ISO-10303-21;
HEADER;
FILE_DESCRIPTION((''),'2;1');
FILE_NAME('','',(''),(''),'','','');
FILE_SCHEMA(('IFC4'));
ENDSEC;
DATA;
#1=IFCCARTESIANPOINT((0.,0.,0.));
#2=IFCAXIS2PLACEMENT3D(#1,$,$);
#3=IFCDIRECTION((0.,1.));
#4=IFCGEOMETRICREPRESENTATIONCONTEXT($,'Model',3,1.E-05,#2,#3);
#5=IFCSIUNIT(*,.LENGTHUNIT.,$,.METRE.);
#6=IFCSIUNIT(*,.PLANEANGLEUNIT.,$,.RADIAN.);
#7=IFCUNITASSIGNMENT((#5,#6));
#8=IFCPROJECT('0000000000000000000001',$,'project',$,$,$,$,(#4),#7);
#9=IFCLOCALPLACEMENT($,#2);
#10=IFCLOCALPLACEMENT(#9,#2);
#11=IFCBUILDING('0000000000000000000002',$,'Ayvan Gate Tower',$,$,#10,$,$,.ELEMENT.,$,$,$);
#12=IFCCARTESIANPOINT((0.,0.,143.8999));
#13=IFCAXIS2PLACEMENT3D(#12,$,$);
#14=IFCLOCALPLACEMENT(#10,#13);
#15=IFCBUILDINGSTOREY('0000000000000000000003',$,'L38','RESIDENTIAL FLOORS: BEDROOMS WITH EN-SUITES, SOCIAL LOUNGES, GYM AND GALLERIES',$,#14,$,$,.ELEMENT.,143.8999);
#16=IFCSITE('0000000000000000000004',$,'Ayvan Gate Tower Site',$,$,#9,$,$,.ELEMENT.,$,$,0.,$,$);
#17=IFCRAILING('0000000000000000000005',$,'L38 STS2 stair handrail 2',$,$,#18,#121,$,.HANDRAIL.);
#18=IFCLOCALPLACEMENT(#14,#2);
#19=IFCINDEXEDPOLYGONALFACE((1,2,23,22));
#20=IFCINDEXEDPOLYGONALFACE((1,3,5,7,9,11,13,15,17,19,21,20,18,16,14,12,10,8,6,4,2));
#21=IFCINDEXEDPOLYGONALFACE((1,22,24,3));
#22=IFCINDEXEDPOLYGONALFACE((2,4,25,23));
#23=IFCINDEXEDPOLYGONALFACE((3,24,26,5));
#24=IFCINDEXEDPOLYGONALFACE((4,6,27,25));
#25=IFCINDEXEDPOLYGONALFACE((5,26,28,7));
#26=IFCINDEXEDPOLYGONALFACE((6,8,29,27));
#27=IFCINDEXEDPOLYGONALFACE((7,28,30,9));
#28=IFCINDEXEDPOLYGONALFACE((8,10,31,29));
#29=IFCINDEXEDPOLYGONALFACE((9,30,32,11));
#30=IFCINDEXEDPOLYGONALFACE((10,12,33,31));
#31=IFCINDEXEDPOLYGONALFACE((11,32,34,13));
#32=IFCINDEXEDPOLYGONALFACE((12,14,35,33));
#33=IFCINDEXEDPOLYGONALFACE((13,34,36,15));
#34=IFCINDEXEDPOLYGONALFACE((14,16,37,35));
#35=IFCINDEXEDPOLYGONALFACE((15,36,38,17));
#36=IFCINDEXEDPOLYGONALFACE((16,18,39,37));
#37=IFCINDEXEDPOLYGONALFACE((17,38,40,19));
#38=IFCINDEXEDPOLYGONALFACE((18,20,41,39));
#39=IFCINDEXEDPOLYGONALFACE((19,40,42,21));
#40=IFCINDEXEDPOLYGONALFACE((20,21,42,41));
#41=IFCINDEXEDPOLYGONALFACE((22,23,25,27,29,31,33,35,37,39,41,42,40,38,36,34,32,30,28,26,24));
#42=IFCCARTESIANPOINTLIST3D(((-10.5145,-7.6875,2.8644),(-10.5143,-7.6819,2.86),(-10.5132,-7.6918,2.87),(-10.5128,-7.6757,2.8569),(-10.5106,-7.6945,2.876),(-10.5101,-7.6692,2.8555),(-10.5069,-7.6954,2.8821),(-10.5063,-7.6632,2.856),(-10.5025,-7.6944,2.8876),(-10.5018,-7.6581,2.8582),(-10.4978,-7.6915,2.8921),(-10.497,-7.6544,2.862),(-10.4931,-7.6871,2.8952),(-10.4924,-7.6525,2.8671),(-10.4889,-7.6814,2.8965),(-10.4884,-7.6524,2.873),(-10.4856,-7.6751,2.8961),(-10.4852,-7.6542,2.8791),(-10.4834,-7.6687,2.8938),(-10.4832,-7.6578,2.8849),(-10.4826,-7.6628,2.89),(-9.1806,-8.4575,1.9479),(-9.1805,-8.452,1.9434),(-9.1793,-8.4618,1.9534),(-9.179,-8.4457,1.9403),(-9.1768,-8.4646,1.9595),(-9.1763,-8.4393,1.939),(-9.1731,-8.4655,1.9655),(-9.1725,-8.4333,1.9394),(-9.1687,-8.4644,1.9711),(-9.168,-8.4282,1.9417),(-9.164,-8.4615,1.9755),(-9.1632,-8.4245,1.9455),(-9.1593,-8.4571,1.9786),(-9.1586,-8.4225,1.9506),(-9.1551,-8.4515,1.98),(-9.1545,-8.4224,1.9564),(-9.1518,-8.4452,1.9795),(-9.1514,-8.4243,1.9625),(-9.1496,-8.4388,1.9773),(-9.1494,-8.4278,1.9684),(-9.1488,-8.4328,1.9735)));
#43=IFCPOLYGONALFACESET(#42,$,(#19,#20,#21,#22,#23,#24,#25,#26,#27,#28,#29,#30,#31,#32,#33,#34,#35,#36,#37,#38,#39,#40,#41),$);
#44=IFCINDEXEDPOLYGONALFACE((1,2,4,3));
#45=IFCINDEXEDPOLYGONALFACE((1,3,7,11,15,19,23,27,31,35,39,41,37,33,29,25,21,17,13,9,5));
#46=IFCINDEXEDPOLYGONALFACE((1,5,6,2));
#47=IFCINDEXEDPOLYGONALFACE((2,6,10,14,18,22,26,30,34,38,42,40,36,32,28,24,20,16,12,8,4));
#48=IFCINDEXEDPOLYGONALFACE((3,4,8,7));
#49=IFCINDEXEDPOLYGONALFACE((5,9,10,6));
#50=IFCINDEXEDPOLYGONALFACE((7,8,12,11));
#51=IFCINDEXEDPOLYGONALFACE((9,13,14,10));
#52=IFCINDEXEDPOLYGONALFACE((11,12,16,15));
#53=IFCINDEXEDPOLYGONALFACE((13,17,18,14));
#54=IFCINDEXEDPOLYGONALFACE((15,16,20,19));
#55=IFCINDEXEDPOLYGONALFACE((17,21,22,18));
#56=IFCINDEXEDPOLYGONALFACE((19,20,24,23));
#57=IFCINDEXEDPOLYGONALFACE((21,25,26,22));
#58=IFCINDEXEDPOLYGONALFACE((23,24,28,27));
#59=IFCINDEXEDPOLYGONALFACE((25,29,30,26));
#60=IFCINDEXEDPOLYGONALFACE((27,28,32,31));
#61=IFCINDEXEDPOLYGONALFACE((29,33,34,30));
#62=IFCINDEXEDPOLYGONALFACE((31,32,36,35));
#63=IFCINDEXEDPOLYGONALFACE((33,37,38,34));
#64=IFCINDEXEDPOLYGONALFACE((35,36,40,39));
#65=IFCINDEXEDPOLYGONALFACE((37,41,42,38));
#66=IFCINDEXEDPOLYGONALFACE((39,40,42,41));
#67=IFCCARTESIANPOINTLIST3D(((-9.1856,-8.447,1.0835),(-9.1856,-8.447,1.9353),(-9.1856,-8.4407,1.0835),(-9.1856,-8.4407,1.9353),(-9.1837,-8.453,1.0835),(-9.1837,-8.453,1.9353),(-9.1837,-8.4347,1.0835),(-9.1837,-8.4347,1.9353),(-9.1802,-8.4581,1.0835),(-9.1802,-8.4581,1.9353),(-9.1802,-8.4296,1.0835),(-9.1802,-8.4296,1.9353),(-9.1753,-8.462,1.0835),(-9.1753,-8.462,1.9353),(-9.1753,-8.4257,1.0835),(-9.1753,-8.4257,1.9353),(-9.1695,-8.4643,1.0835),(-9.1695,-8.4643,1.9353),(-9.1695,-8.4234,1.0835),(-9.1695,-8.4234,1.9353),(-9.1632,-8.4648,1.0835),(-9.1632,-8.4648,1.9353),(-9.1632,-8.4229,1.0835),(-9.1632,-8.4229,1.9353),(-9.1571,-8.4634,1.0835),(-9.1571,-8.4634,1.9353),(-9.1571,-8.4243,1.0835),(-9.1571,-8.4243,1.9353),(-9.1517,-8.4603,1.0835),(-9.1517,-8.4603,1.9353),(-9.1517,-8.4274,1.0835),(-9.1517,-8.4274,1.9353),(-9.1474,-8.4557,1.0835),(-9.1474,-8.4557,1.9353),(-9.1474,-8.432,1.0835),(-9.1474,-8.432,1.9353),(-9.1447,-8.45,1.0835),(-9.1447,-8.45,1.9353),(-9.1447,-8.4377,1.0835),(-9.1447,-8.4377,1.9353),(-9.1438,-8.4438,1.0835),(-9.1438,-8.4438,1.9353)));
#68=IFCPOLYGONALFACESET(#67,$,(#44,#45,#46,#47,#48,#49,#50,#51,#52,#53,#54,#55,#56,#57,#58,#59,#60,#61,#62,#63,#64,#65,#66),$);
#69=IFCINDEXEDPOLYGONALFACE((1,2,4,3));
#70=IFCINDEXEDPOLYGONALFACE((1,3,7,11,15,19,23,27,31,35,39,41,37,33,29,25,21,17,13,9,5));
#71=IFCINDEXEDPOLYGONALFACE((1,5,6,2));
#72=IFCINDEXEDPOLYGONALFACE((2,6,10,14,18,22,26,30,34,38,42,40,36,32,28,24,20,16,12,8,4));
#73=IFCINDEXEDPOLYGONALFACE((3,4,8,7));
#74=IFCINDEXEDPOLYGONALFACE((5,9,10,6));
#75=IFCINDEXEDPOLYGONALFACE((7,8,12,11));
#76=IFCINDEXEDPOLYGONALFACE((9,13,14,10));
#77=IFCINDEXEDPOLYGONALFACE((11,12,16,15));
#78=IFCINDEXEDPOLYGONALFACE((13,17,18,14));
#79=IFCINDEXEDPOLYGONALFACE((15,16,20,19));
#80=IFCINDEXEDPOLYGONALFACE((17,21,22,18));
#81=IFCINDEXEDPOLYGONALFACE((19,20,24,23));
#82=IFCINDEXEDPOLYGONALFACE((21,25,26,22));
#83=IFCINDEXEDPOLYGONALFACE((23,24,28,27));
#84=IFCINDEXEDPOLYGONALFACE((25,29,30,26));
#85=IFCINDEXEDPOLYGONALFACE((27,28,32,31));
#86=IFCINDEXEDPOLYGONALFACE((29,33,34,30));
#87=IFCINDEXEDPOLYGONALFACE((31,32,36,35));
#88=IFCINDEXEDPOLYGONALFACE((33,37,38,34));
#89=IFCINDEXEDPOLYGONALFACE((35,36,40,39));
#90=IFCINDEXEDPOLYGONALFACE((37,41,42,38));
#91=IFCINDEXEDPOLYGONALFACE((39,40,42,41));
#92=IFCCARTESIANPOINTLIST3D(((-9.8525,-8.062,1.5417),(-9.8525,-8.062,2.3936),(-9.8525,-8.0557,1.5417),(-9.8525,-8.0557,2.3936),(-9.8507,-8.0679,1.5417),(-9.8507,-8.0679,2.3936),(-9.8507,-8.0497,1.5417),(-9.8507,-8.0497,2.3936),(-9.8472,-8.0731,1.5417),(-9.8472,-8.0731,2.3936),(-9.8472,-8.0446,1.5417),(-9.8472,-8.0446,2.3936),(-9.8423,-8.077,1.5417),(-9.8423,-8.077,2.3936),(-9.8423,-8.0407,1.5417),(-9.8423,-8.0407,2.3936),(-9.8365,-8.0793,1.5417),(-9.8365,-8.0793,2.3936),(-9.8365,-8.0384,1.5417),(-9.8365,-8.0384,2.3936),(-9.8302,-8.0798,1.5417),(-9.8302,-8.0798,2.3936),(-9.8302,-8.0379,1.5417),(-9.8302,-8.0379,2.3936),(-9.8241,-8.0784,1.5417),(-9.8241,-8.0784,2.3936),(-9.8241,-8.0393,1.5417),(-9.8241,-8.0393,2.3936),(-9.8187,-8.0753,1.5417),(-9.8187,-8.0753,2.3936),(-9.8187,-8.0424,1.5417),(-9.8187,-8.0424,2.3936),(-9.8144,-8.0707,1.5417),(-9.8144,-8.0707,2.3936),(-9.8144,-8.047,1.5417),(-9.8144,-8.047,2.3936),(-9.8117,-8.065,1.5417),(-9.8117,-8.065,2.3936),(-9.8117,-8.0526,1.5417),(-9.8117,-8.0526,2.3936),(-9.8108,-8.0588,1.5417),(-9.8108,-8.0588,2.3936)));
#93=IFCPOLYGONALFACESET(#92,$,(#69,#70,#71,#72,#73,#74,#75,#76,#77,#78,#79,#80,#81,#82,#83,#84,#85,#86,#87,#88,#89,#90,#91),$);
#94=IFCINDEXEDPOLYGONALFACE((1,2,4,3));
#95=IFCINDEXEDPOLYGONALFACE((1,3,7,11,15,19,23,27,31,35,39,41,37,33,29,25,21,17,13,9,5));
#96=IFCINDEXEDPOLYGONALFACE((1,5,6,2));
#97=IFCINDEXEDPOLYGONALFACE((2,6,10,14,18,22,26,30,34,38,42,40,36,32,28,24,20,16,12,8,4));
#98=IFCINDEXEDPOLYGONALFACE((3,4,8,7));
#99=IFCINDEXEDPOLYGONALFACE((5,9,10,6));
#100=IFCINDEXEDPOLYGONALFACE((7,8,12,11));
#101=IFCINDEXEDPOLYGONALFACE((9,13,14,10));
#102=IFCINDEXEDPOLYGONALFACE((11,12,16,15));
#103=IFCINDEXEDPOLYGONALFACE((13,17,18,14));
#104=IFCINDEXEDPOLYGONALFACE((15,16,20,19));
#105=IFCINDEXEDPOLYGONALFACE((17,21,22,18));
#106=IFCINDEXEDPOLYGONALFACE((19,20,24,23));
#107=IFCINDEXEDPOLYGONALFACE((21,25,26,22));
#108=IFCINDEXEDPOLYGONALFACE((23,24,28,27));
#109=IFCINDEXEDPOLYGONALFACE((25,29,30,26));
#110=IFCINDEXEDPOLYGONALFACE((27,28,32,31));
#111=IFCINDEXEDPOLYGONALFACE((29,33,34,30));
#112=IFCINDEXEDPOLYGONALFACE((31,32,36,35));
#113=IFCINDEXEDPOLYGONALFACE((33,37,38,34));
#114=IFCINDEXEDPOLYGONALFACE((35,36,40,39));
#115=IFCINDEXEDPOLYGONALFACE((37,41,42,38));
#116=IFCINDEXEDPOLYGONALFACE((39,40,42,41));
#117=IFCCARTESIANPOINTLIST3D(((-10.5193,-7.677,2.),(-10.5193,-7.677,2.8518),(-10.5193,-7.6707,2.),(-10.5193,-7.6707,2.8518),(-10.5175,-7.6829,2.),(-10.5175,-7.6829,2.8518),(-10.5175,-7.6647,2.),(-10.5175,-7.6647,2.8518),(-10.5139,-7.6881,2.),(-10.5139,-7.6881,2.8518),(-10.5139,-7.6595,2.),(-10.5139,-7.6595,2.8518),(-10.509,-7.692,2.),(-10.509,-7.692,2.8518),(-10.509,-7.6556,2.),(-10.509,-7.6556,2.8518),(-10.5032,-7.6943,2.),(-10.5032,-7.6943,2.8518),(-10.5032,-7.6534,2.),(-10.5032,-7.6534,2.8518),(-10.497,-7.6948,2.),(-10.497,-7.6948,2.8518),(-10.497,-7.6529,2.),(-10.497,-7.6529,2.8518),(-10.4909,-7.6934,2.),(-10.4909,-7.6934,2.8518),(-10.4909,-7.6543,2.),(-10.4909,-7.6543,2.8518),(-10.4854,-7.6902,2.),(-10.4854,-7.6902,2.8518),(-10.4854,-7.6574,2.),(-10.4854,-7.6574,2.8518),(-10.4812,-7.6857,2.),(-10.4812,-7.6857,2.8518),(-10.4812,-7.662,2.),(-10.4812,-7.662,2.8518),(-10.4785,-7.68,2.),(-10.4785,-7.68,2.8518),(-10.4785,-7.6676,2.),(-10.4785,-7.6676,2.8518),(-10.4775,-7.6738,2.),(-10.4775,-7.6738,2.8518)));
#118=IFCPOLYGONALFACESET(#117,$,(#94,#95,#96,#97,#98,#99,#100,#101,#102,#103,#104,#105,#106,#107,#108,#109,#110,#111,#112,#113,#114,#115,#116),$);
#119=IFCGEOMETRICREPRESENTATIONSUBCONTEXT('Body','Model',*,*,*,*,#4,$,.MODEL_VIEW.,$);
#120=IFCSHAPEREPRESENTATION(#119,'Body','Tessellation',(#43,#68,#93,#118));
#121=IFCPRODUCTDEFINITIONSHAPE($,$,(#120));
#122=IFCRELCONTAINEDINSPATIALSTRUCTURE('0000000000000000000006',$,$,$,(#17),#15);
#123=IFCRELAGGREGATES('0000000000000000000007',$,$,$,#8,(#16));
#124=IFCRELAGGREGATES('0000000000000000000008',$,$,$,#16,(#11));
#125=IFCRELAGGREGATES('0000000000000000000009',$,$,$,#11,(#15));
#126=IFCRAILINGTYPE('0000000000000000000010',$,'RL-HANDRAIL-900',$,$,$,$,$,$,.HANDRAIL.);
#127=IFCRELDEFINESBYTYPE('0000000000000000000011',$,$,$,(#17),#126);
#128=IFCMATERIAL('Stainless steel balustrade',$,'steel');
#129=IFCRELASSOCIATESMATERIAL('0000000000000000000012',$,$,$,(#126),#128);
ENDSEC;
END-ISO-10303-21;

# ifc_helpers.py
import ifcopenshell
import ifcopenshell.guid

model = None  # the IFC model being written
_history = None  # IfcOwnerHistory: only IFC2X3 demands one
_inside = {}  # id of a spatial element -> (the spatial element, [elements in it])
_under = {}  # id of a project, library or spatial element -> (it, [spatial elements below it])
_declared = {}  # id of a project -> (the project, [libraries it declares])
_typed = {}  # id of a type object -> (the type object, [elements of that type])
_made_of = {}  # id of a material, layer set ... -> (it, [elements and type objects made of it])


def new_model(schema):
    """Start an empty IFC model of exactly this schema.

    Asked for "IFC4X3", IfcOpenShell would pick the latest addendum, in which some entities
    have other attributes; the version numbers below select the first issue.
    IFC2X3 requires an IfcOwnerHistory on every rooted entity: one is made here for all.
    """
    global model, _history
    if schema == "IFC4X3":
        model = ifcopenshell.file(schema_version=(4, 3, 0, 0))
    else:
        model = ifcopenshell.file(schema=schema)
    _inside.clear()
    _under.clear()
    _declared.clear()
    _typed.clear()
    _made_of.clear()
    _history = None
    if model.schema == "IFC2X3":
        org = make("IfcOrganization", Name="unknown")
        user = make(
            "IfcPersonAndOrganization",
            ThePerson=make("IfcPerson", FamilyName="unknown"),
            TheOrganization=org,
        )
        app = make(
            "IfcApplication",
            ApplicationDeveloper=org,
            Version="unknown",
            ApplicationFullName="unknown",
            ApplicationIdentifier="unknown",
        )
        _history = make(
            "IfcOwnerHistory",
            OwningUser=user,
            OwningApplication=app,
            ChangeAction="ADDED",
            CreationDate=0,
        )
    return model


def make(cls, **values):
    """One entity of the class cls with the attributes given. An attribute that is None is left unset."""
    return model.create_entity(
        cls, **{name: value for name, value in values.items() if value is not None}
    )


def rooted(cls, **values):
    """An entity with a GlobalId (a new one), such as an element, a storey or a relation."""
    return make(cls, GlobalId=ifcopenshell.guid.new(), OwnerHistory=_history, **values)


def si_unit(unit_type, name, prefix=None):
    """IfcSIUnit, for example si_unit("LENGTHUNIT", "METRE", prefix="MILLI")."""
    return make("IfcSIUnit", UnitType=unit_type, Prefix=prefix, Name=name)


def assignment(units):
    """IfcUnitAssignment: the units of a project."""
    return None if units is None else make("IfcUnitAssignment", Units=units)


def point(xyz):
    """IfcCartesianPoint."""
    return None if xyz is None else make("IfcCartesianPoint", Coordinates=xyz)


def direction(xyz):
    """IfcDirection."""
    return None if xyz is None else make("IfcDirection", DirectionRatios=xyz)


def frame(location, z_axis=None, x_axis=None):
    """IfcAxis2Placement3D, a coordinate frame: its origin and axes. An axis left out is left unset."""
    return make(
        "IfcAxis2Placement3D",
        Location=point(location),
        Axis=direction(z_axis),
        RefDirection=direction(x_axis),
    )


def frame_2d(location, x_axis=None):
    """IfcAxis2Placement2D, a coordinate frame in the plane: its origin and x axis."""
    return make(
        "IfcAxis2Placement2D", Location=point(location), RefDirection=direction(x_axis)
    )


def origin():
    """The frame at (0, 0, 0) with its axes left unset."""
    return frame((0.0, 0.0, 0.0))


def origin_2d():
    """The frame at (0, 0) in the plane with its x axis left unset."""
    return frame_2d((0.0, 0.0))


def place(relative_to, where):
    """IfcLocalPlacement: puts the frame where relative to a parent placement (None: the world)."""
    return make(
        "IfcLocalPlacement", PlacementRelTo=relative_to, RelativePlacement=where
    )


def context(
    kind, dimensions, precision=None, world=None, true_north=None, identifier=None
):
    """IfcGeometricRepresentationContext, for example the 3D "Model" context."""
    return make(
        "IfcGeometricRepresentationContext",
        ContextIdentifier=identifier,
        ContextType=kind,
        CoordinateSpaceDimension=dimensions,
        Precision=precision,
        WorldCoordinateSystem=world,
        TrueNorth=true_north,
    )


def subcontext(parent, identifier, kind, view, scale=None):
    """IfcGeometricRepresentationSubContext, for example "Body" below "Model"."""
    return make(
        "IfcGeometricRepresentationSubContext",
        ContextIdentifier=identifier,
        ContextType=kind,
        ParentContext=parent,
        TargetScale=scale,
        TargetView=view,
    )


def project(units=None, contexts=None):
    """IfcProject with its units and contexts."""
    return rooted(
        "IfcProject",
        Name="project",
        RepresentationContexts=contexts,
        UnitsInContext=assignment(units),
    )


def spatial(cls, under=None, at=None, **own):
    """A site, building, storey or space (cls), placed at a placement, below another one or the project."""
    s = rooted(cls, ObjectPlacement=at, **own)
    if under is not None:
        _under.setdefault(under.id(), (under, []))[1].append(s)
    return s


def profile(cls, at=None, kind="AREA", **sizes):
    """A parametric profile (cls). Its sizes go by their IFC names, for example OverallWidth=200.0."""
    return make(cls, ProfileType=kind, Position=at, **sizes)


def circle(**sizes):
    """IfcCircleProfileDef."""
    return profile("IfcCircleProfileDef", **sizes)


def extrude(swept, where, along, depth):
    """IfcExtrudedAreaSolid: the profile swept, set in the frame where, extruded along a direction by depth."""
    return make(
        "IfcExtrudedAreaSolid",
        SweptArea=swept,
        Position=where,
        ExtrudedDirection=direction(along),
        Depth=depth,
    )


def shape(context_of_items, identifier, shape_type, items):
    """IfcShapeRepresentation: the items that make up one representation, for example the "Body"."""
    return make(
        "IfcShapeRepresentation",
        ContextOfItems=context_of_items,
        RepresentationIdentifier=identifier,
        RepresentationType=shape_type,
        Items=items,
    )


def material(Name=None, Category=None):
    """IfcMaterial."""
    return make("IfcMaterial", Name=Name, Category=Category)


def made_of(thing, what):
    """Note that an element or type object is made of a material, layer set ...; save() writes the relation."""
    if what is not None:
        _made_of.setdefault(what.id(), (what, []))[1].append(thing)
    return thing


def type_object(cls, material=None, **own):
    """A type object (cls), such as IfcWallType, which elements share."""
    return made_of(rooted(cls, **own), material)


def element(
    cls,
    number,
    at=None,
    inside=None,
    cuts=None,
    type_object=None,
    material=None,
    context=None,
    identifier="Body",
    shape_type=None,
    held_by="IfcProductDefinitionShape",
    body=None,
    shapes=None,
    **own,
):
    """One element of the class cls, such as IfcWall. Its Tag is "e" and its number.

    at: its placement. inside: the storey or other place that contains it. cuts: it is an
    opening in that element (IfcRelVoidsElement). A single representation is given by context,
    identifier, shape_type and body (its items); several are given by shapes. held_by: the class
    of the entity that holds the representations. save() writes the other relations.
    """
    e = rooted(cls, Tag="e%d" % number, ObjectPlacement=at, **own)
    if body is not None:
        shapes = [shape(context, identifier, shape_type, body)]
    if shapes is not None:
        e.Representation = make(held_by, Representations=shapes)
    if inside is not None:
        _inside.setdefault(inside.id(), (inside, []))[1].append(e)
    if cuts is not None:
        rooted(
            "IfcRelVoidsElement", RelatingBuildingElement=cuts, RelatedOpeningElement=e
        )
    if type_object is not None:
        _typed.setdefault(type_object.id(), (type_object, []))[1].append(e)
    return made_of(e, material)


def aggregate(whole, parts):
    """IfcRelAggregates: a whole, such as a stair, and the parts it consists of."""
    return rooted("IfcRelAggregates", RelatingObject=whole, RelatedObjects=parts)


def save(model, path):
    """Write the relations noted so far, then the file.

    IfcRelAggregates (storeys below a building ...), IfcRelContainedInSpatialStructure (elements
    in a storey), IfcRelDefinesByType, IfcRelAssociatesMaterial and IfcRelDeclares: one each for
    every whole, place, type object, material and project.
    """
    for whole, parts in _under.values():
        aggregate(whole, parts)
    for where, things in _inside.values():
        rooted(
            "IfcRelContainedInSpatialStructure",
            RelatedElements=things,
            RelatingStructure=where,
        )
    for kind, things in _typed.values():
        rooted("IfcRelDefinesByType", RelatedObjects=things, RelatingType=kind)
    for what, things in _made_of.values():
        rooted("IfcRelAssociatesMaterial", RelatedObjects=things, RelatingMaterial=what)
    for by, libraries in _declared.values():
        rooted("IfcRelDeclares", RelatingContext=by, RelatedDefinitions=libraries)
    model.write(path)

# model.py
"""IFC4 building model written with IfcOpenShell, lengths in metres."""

from ifc_helpers import new_model, si_unit, direction, frame, origin, origin_2d, place, context, subcontext, project, spatial, circle, extrude, material, type_object, element, save


model = new_model("IFC4")

# Units and contexts
model_context = context("Model", 3, precision=1e-05, world=origin(), true_north=direction((0.0, 1.0)))
body_context = subcontext(model_context, "Body", "Model", "MODEL_VIEW")
ifc_project = project(units=[si_unit("LENGTHUNIT", "METRE"), si_unit("PLANEANGLEUNIT", "RADIAN")], contexts=[model_context])

# Site, building, storey
site_placement = place(None, origin())
site = spatial("IfcSite", under=ifc_project, at=site_placement, Name="Ayvan Gate Tower Site", CompositionType="ELEMENT", RefElevation=0.0)
building_placement = place(site_placement, origin())
building = spatial("IfcBuilding", under=site, at=building_placement, Name="Ayvan Gate Tower", CompositionType="ELEMENT")
storey_placement = place(building_placement, frame((0.0, 0.0, 143.8999)))
storey = spatial("IfcBuildingStorey", under=building, at=storey_placement, Name="L38", Description="RESIDENTIAL FLOORS: BEDROOMS WITH EN-SUITES, SOCIAL LOUNGES, GYM AND GALLERIES", CompositionType="ELEMENT", Elevation=143.8999)

# Railing
ifc_material_1 = material(Name="Stainless steel balustrade", Category="steel")
railing_type_1 = type_object("IfcRailingType", Name="RL-HANDRAIL-900", PredefinedType="HANDRAIL", material=ifc_material_1)
railing_1_placement = place(storey_placement, frame((-9.1648, -8.4438, 1.0835)))
element("IfcRailing", 1, at=railing_1_placement, inside=storey, type_object=railing_type_1, Name="L38 STS2 stair handrail 2", PredefinedType="HANDRAIL", context=body_context, shape_type="SweptSolid", body=[
    extrude(circle(Radius=0.0239, at=origin_2d()), frame((0.0, 0.0, 0.876), z_axis=(-0.744216, 0.429664, 0.511401), x_axis=(-0.499992, -0.86603, 0.0)), (0.0, 0.0, 1.0), 1.7922),
    extrude(circle(Radius=0.021, at=origin_2d()), origin(), (0.0, 0.0, 1.0), 0.8518),
    extrude(circle(Radius=0.021, at=origin_2d()), frame((-0.667, 0.385, 0.4583)), (0.0, 0.0, 1.0), 0.8518),
    extrude(circle(Radius=0.021, at=origin_2d()), frame((-1.3337, 0.77, 0.9165)), (0.0, 0.0, 1.0), 0.8518),
])

save(model, "model.ifc")
